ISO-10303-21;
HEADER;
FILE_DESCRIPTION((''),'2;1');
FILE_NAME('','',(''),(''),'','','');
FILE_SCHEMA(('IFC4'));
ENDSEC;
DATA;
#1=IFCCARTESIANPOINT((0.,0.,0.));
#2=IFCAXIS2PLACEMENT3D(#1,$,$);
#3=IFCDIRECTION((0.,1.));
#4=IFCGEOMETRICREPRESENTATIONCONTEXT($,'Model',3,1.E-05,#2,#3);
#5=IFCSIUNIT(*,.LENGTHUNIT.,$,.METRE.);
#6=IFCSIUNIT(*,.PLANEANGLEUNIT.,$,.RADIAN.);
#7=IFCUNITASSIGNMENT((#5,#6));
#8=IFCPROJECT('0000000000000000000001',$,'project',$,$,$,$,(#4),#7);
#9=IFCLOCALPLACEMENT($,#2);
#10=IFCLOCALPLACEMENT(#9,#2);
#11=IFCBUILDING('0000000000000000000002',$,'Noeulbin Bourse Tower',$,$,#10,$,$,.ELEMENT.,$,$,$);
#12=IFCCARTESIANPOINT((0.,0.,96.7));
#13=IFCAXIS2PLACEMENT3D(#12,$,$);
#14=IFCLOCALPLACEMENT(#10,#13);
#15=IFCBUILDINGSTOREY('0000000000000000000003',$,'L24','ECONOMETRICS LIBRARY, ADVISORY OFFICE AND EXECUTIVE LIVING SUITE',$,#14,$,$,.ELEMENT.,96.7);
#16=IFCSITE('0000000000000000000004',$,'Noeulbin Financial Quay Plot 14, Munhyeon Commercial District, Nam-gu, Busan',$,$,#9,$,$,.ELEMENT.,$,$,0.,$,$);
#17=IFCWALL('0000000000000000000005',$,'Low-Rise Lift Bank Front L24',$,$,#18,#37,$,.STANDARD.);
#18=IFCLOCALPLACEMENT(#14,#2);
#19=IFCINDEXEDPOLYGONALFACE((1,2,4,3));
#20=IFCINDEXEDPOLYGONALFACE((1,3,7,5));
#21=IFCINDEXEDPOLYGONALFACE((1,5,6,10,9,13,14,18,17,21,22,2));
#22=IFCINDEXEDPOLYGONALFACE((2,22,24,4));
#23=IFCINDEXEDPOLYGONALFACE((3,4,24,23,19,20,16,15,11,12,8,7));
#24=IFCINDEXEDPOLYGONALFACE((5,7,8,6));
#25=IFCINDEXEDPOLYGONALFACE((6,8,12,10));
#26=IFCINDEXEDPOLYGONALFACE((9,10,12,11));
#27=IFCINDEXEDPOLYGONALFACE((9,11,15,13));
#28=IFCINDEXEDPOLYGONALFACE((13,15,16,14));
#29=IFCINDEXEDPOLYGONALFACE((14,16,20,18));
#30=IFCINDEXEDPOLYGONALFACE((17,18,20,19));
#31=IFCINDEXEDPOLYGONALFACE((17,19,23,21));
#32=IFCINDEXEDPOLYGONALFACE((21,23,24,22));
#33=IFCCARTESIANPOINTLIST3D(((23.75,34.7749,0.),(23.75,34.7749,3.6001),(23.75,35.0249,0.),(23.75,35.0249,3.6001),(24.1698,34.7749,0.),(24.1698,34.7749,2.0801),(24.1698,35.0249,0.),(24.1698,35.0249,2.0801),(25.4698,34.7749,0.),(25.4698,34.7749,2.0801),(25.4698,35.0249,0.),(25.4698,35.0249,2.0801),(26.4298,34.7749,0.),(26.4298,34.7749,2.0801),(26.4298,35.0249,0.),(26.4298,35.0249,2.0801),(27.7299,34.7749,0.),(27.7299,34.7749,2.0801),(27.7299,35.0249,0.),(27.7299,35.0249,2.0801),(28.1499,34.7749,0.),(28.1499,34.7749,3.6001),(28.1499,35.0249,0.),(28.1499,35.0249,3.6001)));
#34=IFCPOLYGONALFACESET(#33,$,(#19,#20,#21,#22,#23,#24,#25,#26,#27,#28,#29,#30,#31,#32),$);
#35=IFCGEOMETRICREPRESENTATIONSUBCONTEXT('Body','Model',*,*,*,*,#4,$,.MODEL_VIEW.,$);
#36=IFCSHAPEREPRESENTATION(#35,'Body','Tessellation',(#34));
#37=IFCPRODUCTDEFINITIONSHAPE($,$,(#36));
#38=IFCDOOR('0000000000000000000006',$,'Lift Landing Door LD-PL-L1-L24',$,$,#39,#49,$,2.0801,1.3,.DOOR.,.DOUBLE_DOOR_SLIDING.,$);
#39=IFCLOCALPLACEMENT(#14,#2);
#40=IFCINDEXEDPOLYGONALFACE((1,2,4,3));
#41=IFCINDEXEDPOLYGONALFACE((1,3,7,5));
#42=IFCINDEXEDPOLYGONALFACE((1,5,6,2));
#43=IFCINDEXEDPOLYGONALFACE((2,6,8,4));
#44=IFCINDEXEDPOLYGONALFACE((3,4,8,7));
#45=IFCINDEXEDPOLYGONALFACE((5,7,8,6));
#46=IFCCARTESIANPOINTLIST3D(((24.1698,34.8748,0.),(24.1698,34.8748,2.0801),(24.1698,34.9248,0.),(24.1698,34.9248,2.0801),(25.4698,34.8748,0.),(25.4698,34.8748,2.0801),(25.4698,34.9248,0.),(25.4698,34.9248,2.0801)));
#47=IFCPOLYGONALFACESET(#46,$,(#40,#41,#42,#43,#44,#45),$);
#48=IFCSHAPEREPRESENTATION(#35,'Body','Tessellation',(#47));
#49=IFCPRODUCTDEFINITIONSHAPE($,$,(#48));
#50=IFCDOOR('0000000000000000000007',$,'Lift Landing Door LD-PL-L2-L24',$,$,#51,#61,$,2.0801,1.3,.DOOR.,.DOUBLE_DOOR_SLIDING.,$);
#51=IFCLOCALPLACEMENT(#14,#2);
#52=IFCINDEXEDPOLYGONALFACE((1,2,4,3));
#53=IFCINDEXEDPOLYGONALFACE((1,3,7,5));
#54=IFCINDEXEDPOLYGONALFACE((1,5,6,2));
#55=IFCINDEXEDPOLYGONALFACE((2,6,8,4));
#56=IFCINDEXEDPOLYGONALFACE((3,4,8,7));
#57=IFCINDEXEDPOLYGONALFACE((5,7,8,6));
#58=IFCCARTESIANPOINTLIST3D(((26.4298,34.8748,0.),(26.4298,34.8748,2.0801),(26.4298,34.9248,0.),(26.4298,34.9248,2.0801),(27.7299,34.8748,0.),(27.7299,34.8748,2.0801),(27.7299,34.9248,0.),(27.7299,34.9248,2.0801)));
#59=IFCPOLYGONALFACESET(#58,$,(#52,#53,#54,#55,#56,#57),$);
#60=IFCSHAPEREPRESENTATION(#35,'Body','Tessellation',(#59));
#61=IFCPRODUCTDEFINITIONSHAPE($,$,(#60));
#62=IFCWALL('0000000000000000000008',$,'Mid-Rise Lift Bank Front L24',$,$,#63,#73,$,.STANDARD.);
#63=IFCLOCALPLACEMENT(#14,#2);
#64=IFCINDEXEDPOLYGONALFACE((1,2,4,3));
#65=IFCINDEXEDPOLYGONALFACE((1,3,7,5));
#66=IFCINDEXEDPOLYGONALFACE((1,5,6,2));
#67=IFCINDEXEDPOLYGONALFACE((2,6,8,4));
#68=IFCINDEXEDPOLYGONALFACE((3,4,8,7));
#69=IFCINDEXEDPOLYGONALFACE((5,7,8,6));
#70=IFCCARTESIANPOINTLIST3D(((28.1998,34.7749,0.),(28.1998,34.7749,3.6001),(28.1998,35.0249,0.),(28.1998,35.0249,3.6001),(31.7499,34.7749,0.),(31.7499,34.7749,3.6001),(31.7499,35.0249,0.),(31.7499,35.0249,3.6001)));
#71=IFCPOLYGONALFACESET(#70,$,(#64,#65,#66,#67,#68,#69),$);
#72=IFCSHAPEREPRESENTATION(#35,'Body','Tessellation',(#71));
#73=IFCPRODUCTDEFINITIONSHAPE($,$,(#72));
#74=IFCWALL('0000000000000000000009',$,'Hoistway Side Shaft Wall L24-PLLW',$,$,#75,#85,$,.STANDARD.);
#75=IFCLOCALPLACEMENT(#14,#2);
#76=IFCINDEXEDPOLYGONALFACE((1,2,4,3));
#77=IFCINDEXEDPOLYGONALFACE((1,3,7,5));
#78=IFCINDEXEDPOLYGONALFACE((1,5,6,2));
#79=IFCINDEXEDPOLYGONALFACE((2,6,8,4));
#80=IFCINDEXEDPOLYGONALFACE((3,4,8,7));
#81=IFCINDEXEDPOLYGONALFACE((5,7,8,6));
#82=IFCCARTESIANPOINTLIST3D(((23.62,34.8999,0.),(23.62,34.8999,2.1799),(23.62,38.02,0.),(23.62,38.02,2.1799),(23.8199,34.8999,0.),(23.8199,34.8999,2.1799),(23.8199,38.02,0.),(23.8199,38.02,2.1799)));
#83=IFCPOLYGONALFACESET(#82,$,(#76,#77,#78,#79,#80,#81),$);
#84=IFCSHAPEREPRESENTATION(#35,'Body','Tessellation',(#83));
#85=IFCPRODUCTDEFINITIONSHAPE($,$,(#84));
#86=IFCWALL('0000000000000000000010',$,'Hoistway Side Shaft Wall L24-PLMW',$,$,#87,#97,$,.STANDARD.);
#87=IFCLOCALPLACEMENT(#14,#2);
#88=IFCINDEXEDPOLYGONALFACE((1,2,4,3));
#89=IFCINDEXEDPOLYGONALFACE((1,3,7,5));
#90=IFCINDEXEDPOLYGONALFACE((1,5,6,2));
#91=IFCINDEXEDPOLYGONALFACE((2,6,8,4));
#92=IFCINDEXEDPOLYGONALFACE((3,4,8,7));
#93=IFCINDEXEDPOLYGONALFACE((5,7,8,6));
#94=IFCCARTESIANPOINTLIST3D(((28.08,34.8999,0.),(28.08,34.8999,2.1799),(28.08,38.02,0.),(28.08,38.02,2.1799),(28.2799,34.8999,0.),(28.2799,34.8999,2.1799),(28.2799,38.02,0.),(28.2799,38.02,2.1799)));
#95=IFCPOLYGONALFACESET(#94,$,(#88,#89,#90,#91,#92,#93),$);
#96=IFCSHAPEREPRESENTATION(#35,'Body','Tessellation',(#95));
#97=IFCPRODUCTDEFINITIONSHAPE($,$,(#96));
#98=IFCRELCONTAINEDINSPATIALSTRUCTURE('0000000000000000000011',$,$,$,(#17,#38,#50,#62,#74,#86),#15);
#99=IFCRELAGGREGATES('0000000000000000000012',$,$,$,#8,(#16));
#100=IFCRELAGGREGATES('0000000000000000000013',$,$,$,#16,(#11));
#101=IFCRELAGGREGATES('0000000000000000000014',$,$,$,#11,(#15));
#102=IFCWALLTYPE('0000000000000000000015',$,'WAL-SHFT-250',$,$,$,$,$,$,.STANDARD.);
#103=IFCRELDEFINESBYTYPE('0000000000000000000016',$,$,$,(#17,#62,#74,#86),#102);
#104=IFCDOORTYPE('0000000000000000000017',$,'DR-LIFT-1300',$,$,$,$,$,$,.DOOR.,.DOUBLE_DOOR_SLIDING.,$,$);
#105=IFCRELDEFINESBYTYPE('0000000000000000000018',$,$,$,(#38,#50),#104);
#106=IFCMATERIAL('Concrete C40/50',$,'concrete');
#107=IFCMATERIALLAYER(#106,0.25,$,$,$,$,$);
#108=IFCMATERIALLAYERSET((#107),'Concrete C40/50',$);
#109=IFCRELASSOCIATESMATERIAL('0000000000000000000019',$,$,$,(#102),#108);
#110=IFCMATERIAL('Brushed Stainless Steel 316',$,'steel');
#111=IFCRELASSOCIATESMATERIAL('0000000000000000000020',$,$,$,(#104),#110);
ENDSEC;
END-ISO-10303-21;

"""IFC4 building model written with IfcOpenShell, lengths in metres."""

from ifc_helpers import new_model, si_unit, direction, frame, frame_2d, origin, place, context, subcontext, project, spatial, rectangle, extrude, material, layer, layer_set, type_object, element, fill, save


model = new_model("IFC4")

# Units and contexts
model_context = context("Model", 3, precision=1e-05, world=origin(), true_north=direction((0.0, 1.0)))
body_context = subcontext(model_context, "Body", "Model", "MODEL_VIEW")
ifc_project = project(units=[si_unit("LENGTHUNIT", "METRE"), si_unit("PLANEANGLEUNIT", "RADIAN")], contexts=[model_context])

# Site, building, storey
site_placement = place(None, origin())
site = spatial("IfcSite", under=ifc_project, at=site_placement, Name="Noeulbin Financial Quay Plot 14, Munhyeon Commercial District, Nam-gu, Busan", CompositionType="ELEMENT", RefElevation=0.0)
building_placement = place(site_placement, origin())
building = spatial("IfcBuilding", under=site, at=building_placement, Name="Noeulbin Bourse Tower", CompositionType="ELEMENT")
storey_placement = place(building_placement, frame((0.0, 0.0, 96.7)))
storey = spatial("IfcBuildingStorey", under=building, at=storey_placement, Name="L24", Description="ECONOMETRICS LIBRARY, ADVISORY OFFICE AND EXECUTIVE LIVING SUITE", CompositionType="ELEMENT", Elevation=96.7)

# Shared definitions
ifc_material_1 = material(Name="Concrete C40/50", Category="concrete")
ifc_layer_1 = layer(ifc_material_1, 0.25)
ifc_layer_set_1 = layer_set([ifc_layer_1], Name="Concrete C40/50")
wall_type_1 = type_object("IfcWallType", Name="WAL-SHFT-250", PredefinedType="STANDARD", material=ifc_layer_set_1)

# Wall, openings, doors
wall_1_placement = place(storey_placement, frame((23.75, 34.8999, 0.0), z_axis=(0.0, 0.0, 1.0), x_axis=(1.0, 0.0, 0.0)))
wall_1 = element("IfcWall", 1, at=wall_1_placement, inside=storey, type_object=wall_type_1, Name="Low-Rise Lift Bank Front L24", PredefinedType="STANDARD", context=body_context, shape_type="SweptSolid", body=[
    extrude(rectangle(XDim=4.3999, YDim=0.25, at=frame_2d((2.2, 0.0))), origin(), (0.0, 0.0, 1.0), 3.6001),
])
opening_1_placement = place(wall_1_placement, frame((0.4199, 0.0, 0.0)))
opening_1 = element("IfcOpeningElement", 2, at=opening_1_placement, cuts=wall_1, PredefinedType="OPENING", context=body_context, shape_type="SweptSolid", body=[
    extrude(rectangle(XDim=1.3, YDim=2.0801, at=frame_2d((0.6499, 1.04))), frame((0.0, 0.135, 0.0), z_axis=(0.0, -1.0, 0.0), x_axis=(1.0, 0.0, 0.0)), (0.0, 0.0, 1.0), 0.27),
])
opening_2_placement = place(wall_1_placement, frame((2.6799, 0.0, 0.0)))
opening_2 = element("IfcOpeningElement", 3, at=opening_2_placement, cuts=wall_1, PredefinedType="OPENING", context=body_context, shape_type="SweptSolid", body=[
    extrude(rectangle(XDim=1.3, YDim=2.0801, at=frame_2d((0.6499, 1.04))), frame((0.0, 0.135, 0.0), z_axis=(0.0, -1.0, 0.0), x_axis=(1.0, 0.0, 0.0)), (0.0, 0.0, 1.0), 0.27),
])
ifc_material_2 = material(Name="Brushed Stainless Steel 316", Category="steel")
door_type = type_object("IfcDoorType", Name="DR-LIFT-1300", OperationType="DOUBLE_DOOR_SLIDING", PredefinedType="DOOR", material=ifc_material_2)
door_1_placement = place(opening_1_placement, origin())
door_1 = element("IfcDoor", 4, at=door_1_placement, inside=storey, type_object=door_type, Name="Lift Landing Door LD-PL-L1-L24", OperationType="DOUBLE_DOOR_SLIDING", OverallHeight=2.0801, OverallWidth=1.3, PredefinedType="DOOR", context=body_context, shape_type="SweptSolid", body=[
    extrude(rectangle(XDim=1.3, YDim=2.0801, at=frame_2d((0.6499, 1.04))), frame((0.0, 0.0249, 0.0), z_axis=(0.0, -1.0, 0.0), x_axis=(1.0, 0.0, 0.0)), (0.0, 0.0, 1.0), 0.05),
])
fill(opening_1, door_1)
door_2_placement = place(opening_2_placement, origin())
door_2 = element("IfcDoor", 5, at=door_2_placement, inside=storey, type_object=door_type, Name="Lift Landing Door LD-PL-L2-L24", OperationType="DOUBLE_DOOR_SLIDING", OverallHeight=2.0801, OverallWidth=1.3, PredefinedType="DOOR", context=body_context, shape_type="SweptSolid", body=[
    extrude(rectangle(XDim=1.3, YDim=2.0801, at=frame_2d((0.6499, 1.04))), frame((0.0, 0.0249, 0.0), z_axis=(0.0, -1.0, 0.0), x_axis=(1.0, 0.0, 0.0)), (0.0, 0.0, 1.0), 0.05),
])
fill(opening_2, door_2)

# Walls
wall_2_placement = place(storey_placement, frame((28.2, 34.8999, 0.0), z_axis=(0.0, 0.0, 1.0), x_axis=(1.0, 0.0, 0.0)))
element("IfcWall", 6, at=wall_2_placement, inside=storey, type_object=wall_type_1, Name="Mid-Rise Lift Bank Front L24", PredefinedType="STANDARD", context=body_context, shape_type="SweptSolid", body=[
    extrude(rectangle(XDim=3.55, YDim=0.25, at=frame_2d((1.7749, 0.0))), origin(), (0.0, 0.0, 1.0), 3.6001),
])
for number, where, z_axis, x_axis, name in (
    (7, (23.72, 34.8999, 0.0), (0.0, 0.0, 1.0), (0.0, 1.0, 0.0), "Hoistway Side Shaft Wall L24-PLLW"),
    (8, (28.1799, 34.8999, 0.0), (0.0, 0.0, 1.0), (0.0, 1.0, 0.0), "Hoistway Side Shaft Wall L24-PLMW"),
):
    element("IfcWall", number, at=place(storey_placement, frame(where, z_axis=z_axis, x_axis=x_axis)), inside=storey, type_object=wall_type_1, Name=name, PredefinedType="STANDARD", context=body_context, shape_type="SweptSolid", body=[
        extrude(rectangle(XDim=3.1201, YDim=0.2, at=frame_2d((1.5601, 0.0))), origin(), (0.0, 0.0, 1.0), 2.1799),
    ])

save(model, "model.ifc")
